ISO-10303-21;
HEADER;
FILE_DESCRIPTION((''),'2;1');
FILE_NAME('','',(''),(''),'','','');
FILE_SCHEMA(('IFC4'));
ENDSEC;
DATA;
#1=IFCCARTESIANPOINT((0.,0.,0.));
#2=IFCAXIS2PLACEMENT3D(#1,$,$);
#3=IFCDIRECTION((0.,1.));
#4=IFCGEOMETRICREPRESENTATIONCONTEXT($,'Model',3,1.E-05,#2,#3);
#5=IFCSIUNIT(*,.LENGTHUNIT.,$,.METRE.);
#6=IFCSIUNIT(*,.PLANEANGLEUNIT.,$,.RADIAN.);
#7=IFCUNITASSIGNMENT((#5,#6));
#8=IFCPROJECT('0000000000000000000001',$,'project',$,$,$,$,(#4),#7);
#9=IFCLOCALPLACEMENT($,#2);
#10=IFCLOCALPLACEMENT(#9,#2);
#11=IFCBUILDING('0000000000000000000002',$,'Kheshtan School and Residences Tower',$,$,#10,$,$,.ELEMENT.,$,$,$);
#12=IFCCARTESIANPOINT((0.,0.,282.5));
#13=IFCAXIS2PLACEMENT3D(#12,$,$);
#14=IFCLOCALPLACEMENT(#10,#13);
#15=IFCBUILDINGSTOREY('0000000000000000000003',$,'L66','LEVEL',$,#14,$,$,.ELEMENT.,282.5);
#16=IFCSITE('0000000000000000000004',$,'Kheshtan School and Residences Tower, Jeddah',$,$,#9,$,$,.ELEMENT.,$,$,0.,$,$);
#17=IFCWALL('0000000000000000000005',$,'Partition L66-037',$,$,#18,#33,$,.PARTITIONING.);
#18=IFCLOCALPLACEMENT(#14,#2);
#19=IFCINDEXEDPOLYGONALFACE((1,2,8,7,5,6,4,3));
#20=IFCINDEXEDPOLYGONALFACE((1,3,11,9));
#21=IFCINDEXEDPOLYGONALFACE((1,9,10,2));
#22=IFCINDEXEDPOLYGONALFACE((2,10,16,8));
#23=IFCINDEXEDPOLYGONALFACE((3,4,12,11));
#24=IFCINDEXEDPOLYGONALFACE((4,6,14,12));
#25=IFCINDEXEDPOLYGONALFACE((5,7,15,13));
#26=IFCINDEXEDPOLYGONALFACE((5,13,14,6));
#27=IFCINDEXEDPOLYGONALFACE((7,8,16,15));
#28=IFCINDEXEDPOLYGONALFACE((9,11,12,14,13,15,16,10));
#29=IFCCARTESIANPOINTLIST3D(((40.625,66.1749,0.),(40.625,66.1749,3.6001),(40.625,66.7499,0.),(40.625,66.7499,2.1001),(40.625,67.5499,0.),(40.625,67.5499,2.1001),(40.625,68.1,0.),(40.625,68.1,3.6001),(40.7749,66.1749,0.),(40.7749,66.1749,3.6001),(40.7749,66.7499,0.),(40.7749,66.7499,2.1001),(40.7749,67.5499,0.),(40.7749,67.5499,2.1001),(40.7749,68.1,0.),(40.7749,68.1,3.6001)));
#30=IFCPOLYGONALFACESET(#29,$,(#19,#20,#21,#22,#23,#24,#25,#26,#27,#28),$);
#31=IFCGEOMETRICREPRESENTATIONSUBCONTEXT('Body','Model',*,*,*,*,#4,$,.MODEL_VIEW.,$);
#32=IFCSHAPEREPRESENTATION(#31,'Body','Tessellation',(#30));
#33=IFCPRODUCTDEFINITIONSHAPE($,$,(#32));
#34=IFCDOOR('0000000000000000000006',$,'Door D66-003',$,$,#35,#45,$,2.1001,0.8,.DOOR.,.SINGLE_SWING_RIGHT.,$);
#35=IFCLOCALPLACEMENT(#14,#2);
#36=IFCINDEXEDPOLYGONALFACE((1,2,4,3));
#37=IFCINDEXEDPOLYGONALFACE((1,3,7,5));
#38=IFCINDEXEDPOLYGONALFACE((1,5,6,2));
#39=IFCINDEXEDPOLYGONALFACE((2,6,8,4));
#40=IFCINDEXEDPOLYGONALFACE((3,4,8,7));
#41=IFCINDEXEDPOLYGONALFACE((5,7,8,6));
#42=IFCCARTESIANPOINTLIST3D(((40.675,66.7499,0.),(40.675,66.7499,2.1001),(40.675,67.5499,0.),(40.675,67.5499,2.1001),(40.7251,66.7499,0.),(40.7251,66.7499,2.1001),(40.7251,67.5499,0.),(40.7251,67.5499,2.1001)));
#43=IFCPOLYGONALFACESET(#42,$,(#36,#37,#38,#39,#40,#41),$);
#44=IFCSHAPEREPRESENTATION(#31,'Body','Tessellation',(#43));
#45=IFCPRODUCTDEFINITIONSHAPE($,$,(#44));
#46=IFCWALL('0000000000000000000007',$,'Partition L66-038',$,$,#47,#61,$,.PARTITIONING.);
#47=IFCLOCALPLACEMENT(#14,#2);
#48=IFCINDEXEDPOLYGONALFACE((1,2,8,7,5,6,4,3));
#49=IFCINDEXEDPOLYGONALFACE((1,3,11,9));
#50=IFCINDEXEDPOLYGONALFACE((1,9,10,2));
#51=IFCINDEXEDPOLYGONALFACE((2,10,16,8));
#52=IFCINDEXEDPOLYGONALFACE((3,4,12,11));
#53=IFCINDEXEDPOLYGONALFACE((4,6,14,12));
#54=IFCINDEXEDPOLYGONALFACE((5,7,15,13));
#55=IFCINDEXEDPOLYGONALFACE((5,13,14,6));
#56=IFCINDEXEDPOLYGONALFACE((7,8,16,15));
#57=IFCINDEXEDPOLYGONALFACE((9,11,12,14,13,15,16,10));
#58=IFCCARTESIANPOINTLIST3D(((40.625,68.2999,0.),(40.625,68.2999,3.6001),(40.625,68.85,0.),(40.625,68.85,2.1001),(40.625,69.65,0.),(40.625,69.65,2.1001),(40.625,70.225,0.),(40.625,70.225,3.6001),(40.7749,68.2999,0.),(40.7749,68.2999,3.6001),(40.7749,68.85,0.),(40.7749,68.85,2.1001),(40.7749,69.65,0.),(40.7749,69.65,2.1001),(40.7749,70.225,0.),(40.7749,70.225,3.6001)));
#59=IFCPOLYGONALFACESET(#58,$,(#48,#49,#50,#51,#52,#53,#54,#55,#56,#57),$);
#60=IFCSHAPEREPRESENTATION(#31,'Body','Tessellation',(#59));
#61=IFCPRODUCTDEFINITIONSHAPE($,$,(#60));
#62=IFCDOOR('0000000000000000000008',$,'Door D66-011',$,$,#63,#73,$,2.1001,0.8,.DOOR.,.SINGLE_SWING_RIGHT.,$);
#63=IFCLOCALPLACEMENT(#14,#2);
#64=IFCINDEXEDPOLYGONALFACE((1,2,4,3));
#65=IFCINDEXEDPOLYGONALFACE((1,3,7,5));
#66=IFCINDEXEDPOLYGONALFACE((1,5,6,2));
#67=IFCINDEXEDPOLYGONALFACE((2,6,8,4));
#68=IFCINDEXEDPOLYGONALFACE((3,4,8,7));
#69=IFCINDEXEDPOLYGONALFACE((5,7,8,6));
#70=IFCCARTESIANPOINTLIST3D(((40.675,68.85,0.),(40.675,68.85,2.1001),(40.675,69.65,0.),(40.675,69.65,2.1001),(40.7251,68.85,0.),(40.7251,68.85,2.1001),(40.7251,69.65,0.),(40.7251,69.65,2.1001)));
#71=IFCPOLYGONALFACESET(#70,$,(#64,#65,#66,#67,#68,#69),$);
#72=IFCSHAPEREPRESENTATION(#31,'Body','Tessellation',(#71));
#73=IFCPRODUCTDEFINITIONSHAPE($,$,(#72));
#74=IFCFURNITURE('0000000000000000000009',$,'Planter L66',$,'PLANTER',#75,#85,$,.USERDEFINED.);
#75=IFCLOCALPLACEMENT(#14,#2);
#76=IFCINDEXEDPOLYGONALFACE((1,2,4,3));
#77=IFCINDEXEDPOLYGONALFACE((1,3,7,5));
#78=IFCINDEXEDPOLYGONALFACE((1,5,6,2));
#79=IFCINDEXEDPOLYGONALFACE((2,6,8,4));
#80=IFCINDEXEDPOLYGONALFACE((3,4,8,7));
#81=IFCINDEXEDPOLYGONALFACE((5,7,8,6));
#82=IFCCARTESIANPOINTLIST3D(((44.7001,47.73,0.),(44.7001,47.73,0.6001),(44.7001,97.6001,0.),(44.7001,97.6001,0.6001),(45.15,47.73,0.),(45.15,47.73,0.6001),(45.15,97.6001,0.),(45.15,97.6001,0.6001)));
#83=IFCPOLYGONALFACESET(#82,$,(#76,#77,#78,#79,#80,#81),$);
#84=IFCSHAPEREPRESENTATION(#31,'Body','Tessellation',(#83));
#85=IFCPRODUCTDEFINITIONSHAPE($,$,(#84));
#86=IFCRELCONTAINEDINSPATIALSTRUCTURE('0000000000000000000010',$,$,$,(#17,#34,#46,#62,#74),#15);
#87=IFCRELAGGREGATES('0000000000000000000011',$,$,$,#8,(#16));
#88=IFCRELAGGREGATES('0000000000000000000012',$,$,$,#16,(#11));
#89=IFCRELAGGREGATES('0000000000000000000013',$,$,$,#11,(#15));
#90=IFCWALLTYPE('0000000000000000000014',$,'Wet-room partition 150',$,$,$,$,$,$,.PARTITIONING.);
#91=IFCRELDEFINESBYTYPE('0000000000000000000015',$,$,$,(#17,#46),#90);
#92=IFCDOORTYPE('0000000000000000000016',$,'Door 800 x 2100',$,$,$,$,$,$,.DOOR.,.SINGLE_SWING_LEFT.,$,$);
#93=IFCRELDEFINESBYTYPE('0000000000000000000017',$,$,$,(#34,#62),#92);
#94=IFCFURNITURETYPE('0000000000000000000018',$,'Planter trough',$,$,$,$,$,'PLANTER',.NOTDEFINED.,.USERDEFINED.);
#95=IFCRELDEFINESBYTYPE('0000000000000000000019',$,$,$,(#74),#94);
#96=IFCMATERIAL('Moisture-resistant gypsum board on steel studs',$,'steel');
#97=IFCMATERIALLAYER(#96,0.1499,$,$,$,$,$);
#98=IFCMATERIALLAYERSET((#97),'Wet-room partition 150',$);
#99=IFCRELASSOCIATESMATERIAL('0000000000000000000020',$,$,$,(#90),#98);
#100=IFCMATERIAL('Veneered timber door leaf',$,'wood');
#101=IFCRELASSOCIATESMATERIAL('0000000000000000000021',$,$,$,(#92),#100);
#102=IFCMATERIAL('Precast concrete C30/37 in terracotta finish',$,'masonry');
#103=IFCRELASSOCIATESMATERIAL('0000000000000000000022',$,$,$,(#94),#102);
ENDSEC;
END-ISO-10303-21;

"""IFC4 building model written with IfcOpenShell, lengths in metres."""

from ifc_helpers import new_model, si_unit, direction, frame, frame_2d, origin, origin_2d, place, context, subcontext, project, spatial, rectangle, extrude, source, transform, mapped, material, layer, layer_set, type_object, element, fill, save


model = new_model("IFC4")

# Units and contexts
model_context = context("Model", 3, precision=1e-05, world=origin(), true_north=direction((0.0, 1.0)))
body_context = subcontext(model_context, "Body", "Model", "MODEL_VIEW")
ifc_project = project(units=[si_unit("LENGTHUNIT", "METRE"), si_unit("PLANEANGLEUNIT", "RADIAN")], contexts=[model_context])

# Site, building, storey
site_placement = place(None, origin())
site = spatial("IfcSite", under=ifc_project, at=site_placement, Name="Kheshtan School and Residences Tower, Jeddah", CompositionType="ELEMENT", RefElevation=0.0)
building_placement = place(site_placement, origin())
building = spatial("IfcBuilding", under=site, at=building_placement, Name="Kheshtan School and Residences Tower", CompositionType="ELEMENT")
storey_placement = place(building_placement, frame((0.0, 0.0, 282.5)))
storey = spatial("IfcBuildingStorey", under=building, at=storey_placement, Name="L66", Description="LEVEL", CompositionType="ELEMENT", Elevation=282.5)

# Walls, openings, doors
ifc_material_1 = material(Name="Moisture-resistant gypsum board on steel studs", Category="steel")
ifc_layer_1 = layer(ifc_material_1, 0.1499)
ifc_layer_set_1 = layer_set([ifc_layer_1], Name="Wet-room partition 150")
wall_type_1 = type_object("IfcWallType", Name="Wet-room partition 150", PredefinedType="PARTITIONING", material=ifc_layer_set_1)
wall_1_placement = place(storey_placement, frame((40.7, 66.175, 0.0), z_axis=(0.0, 0.0, 1.0), x_axis=(0.0, 1.0, 0.0)))
wall_1 = element("IfcWall", 1, at=wall_1_placement, inside=storey, type_object=wall_type_1, Name="Partition L66-037", PredefinedType="PARTITIONING", context=body_context, shape_type="SweptSolid", body=[
    extrude(rectangle(XDim=1.925, YDim=0.1499, at=frame_2d((0.9624, 0.0))), origin(), (0.0, 0.0, 1.0), 3.6001),
])
opening_1_placement = place(wall_1_placement, frame((0.575, 0.0, 0.0)))
opening_1 = element("IfcOpeningElement", 2, at=opening_1_placement, cuts=wall_1, PredefinedType="OPENING", context=body_context, shape_type="SweptSolid", body=[
    extrude(rectangle(XDim=0.8, YDim=2.1001, at=frame_2d((0.3999, 1.05))), frame((0.0, 0.085, 0.0), z_axis=(0.0, -1.0, 0.0), x_axis=(1.0, 0.0, 0.0)), (0.0, 0.0, 1.0), 0.1699),
])
ifc_material_2 = material(Name="Veneered timber door leaf", Category="wood")
door_type = type_object("IfcDoorType", Name="Door 800 x 2100", OperationType="SINGLE_SWING_LEFT", PredefinedType="DOOR", material=ifc_material_2)
shared_shape = source(origin(), body_context, "Body", "SweptSolid", [
    extrude(rectangle(XDim=0.8, YDim=2.1001, at=frame_2d((0.3999, 1.05))), frame((0.0, 0.0249, 0.0), z_axis=(0.0, -1.0, 0.0), x_axis=(1.0, 0.0, 0.0)), (0.0, 0.0, 1.0), 0.05),
])
door_1_placement = place(opening_1_placement, origin())
door_1 = element("IfcDoor", 3, at=door_1_placement, inside=storey, type_object=door_type, Name="Door D66-003", OperationType="SINGLE_SWING_RIGHT", OverallHeight=2.1001, OverallWidth=0.8, PredefinedType="DOOR", context=body_context, shape_type="MappedRepresentation", body=[
    mapped(shared_shape, transform((0.0, 0.0, 0.0), x_axis=(1.0, 0.0, 0.0), y_axis=(0.0, 1.0, 0.0), z_axis=(0.0, 0.0, 1.0), scale=1.0)),
])
fill(opening_1, door_1)
wall_2_placement = place(storey_placement, frame((40.7, 68.3, 0.0), z_axis=(0.0, 0.0, 1.0), x_axis=(0.0, 1.0, 0.0)))
wall_2 = element("IfcWall", 4, at=wall_2_placement, inside=storey, type_object=wall_type_1, Name="Partition L66-038", PredefinedType="PARTITIONING", context=body_context, shape_type="SweptSolid", body=[
    extrude(rectangle(XDim=1.925, YDim=0.1499, at=frame_2d((0.9624, 0.0))), origin(), (0.0, 0.0, 1.0), 3.6001),
])
opening_2_placement = place(wall_2_placement, frame((0.55, 0.0, 0.0)))
opening_2 = element("IfcOpeningElement", 5, at=opening_2_placement, cuts=wall_2, PredefinedType="OPENING", context=body_context, shape_type="SweptSolid", body=[
    extrude(rectangle(XDim=0.8, YDim=2.1001, at=frame_2d((0.3999, 1.05))), frame((0.0, 0.085, 0.0), z_axis=(0.0, -1.0, 0.0), x_axis=(1.0, 0.0, 0.0)), (0.0, 0.0, 1.0), 0.1699),
])
door_2_placement = place(opening_2_placement, origin())
door_2 = element("IfcDoor", 6, at=door_2_placement, inside=storey, type_object=door_type, Name="Door D66-011", OperationType="SINGLE_SWING_RIGHT", OverallHeight=2.1001, OverallWidth=0.8, PredefinedType="DOOR", context=body_context, shape_type="MappedRepresentation", body=[
    mapped(shared_shape, transform((0.0, 0.0, 0.0), x_axis=(1.0, 0.0, 0.0), y_axis=(0.0, 1.0, 0.0), z_axis=(0.0, 0.0, 1.0), scale=1.0)),
])
fill(opening_2, door_2)

# Furniture
ifc_material_3 = material(Name="Precast concrete C30/37 in terracotta finish", Category="masonry")
furniture_type = type_object("IfcFurnitureType", Name="Planter trough", ElementType="PLANTER", AssemblyPlace="NOTDEFINED", PredefinedType="USERDEFINED", material=ifc_material_3)
furniture_placement = place(storey_placement, frame((44.925, 72.665, 0.0), z_axis=(0.0, 0.0, 1.0), x_axis=(0.0, -1.0, 0.0)))
element("IfcFurniture", 7, at=furniture_placement, inside=storey, type_object=furniture_type, Name="Planter L66", ObjectType="PLANTER", PredefinedType="USERDEFINED", context=body_context, shape_type="SweptSolid", body=[
    extrude(rectangle(XDim=49.8701, YDim=0.45, at=origin_2d()), origin(), (0.0, 0.0, 1.0), 0.6001),
])

save(model, "model.ifc")
